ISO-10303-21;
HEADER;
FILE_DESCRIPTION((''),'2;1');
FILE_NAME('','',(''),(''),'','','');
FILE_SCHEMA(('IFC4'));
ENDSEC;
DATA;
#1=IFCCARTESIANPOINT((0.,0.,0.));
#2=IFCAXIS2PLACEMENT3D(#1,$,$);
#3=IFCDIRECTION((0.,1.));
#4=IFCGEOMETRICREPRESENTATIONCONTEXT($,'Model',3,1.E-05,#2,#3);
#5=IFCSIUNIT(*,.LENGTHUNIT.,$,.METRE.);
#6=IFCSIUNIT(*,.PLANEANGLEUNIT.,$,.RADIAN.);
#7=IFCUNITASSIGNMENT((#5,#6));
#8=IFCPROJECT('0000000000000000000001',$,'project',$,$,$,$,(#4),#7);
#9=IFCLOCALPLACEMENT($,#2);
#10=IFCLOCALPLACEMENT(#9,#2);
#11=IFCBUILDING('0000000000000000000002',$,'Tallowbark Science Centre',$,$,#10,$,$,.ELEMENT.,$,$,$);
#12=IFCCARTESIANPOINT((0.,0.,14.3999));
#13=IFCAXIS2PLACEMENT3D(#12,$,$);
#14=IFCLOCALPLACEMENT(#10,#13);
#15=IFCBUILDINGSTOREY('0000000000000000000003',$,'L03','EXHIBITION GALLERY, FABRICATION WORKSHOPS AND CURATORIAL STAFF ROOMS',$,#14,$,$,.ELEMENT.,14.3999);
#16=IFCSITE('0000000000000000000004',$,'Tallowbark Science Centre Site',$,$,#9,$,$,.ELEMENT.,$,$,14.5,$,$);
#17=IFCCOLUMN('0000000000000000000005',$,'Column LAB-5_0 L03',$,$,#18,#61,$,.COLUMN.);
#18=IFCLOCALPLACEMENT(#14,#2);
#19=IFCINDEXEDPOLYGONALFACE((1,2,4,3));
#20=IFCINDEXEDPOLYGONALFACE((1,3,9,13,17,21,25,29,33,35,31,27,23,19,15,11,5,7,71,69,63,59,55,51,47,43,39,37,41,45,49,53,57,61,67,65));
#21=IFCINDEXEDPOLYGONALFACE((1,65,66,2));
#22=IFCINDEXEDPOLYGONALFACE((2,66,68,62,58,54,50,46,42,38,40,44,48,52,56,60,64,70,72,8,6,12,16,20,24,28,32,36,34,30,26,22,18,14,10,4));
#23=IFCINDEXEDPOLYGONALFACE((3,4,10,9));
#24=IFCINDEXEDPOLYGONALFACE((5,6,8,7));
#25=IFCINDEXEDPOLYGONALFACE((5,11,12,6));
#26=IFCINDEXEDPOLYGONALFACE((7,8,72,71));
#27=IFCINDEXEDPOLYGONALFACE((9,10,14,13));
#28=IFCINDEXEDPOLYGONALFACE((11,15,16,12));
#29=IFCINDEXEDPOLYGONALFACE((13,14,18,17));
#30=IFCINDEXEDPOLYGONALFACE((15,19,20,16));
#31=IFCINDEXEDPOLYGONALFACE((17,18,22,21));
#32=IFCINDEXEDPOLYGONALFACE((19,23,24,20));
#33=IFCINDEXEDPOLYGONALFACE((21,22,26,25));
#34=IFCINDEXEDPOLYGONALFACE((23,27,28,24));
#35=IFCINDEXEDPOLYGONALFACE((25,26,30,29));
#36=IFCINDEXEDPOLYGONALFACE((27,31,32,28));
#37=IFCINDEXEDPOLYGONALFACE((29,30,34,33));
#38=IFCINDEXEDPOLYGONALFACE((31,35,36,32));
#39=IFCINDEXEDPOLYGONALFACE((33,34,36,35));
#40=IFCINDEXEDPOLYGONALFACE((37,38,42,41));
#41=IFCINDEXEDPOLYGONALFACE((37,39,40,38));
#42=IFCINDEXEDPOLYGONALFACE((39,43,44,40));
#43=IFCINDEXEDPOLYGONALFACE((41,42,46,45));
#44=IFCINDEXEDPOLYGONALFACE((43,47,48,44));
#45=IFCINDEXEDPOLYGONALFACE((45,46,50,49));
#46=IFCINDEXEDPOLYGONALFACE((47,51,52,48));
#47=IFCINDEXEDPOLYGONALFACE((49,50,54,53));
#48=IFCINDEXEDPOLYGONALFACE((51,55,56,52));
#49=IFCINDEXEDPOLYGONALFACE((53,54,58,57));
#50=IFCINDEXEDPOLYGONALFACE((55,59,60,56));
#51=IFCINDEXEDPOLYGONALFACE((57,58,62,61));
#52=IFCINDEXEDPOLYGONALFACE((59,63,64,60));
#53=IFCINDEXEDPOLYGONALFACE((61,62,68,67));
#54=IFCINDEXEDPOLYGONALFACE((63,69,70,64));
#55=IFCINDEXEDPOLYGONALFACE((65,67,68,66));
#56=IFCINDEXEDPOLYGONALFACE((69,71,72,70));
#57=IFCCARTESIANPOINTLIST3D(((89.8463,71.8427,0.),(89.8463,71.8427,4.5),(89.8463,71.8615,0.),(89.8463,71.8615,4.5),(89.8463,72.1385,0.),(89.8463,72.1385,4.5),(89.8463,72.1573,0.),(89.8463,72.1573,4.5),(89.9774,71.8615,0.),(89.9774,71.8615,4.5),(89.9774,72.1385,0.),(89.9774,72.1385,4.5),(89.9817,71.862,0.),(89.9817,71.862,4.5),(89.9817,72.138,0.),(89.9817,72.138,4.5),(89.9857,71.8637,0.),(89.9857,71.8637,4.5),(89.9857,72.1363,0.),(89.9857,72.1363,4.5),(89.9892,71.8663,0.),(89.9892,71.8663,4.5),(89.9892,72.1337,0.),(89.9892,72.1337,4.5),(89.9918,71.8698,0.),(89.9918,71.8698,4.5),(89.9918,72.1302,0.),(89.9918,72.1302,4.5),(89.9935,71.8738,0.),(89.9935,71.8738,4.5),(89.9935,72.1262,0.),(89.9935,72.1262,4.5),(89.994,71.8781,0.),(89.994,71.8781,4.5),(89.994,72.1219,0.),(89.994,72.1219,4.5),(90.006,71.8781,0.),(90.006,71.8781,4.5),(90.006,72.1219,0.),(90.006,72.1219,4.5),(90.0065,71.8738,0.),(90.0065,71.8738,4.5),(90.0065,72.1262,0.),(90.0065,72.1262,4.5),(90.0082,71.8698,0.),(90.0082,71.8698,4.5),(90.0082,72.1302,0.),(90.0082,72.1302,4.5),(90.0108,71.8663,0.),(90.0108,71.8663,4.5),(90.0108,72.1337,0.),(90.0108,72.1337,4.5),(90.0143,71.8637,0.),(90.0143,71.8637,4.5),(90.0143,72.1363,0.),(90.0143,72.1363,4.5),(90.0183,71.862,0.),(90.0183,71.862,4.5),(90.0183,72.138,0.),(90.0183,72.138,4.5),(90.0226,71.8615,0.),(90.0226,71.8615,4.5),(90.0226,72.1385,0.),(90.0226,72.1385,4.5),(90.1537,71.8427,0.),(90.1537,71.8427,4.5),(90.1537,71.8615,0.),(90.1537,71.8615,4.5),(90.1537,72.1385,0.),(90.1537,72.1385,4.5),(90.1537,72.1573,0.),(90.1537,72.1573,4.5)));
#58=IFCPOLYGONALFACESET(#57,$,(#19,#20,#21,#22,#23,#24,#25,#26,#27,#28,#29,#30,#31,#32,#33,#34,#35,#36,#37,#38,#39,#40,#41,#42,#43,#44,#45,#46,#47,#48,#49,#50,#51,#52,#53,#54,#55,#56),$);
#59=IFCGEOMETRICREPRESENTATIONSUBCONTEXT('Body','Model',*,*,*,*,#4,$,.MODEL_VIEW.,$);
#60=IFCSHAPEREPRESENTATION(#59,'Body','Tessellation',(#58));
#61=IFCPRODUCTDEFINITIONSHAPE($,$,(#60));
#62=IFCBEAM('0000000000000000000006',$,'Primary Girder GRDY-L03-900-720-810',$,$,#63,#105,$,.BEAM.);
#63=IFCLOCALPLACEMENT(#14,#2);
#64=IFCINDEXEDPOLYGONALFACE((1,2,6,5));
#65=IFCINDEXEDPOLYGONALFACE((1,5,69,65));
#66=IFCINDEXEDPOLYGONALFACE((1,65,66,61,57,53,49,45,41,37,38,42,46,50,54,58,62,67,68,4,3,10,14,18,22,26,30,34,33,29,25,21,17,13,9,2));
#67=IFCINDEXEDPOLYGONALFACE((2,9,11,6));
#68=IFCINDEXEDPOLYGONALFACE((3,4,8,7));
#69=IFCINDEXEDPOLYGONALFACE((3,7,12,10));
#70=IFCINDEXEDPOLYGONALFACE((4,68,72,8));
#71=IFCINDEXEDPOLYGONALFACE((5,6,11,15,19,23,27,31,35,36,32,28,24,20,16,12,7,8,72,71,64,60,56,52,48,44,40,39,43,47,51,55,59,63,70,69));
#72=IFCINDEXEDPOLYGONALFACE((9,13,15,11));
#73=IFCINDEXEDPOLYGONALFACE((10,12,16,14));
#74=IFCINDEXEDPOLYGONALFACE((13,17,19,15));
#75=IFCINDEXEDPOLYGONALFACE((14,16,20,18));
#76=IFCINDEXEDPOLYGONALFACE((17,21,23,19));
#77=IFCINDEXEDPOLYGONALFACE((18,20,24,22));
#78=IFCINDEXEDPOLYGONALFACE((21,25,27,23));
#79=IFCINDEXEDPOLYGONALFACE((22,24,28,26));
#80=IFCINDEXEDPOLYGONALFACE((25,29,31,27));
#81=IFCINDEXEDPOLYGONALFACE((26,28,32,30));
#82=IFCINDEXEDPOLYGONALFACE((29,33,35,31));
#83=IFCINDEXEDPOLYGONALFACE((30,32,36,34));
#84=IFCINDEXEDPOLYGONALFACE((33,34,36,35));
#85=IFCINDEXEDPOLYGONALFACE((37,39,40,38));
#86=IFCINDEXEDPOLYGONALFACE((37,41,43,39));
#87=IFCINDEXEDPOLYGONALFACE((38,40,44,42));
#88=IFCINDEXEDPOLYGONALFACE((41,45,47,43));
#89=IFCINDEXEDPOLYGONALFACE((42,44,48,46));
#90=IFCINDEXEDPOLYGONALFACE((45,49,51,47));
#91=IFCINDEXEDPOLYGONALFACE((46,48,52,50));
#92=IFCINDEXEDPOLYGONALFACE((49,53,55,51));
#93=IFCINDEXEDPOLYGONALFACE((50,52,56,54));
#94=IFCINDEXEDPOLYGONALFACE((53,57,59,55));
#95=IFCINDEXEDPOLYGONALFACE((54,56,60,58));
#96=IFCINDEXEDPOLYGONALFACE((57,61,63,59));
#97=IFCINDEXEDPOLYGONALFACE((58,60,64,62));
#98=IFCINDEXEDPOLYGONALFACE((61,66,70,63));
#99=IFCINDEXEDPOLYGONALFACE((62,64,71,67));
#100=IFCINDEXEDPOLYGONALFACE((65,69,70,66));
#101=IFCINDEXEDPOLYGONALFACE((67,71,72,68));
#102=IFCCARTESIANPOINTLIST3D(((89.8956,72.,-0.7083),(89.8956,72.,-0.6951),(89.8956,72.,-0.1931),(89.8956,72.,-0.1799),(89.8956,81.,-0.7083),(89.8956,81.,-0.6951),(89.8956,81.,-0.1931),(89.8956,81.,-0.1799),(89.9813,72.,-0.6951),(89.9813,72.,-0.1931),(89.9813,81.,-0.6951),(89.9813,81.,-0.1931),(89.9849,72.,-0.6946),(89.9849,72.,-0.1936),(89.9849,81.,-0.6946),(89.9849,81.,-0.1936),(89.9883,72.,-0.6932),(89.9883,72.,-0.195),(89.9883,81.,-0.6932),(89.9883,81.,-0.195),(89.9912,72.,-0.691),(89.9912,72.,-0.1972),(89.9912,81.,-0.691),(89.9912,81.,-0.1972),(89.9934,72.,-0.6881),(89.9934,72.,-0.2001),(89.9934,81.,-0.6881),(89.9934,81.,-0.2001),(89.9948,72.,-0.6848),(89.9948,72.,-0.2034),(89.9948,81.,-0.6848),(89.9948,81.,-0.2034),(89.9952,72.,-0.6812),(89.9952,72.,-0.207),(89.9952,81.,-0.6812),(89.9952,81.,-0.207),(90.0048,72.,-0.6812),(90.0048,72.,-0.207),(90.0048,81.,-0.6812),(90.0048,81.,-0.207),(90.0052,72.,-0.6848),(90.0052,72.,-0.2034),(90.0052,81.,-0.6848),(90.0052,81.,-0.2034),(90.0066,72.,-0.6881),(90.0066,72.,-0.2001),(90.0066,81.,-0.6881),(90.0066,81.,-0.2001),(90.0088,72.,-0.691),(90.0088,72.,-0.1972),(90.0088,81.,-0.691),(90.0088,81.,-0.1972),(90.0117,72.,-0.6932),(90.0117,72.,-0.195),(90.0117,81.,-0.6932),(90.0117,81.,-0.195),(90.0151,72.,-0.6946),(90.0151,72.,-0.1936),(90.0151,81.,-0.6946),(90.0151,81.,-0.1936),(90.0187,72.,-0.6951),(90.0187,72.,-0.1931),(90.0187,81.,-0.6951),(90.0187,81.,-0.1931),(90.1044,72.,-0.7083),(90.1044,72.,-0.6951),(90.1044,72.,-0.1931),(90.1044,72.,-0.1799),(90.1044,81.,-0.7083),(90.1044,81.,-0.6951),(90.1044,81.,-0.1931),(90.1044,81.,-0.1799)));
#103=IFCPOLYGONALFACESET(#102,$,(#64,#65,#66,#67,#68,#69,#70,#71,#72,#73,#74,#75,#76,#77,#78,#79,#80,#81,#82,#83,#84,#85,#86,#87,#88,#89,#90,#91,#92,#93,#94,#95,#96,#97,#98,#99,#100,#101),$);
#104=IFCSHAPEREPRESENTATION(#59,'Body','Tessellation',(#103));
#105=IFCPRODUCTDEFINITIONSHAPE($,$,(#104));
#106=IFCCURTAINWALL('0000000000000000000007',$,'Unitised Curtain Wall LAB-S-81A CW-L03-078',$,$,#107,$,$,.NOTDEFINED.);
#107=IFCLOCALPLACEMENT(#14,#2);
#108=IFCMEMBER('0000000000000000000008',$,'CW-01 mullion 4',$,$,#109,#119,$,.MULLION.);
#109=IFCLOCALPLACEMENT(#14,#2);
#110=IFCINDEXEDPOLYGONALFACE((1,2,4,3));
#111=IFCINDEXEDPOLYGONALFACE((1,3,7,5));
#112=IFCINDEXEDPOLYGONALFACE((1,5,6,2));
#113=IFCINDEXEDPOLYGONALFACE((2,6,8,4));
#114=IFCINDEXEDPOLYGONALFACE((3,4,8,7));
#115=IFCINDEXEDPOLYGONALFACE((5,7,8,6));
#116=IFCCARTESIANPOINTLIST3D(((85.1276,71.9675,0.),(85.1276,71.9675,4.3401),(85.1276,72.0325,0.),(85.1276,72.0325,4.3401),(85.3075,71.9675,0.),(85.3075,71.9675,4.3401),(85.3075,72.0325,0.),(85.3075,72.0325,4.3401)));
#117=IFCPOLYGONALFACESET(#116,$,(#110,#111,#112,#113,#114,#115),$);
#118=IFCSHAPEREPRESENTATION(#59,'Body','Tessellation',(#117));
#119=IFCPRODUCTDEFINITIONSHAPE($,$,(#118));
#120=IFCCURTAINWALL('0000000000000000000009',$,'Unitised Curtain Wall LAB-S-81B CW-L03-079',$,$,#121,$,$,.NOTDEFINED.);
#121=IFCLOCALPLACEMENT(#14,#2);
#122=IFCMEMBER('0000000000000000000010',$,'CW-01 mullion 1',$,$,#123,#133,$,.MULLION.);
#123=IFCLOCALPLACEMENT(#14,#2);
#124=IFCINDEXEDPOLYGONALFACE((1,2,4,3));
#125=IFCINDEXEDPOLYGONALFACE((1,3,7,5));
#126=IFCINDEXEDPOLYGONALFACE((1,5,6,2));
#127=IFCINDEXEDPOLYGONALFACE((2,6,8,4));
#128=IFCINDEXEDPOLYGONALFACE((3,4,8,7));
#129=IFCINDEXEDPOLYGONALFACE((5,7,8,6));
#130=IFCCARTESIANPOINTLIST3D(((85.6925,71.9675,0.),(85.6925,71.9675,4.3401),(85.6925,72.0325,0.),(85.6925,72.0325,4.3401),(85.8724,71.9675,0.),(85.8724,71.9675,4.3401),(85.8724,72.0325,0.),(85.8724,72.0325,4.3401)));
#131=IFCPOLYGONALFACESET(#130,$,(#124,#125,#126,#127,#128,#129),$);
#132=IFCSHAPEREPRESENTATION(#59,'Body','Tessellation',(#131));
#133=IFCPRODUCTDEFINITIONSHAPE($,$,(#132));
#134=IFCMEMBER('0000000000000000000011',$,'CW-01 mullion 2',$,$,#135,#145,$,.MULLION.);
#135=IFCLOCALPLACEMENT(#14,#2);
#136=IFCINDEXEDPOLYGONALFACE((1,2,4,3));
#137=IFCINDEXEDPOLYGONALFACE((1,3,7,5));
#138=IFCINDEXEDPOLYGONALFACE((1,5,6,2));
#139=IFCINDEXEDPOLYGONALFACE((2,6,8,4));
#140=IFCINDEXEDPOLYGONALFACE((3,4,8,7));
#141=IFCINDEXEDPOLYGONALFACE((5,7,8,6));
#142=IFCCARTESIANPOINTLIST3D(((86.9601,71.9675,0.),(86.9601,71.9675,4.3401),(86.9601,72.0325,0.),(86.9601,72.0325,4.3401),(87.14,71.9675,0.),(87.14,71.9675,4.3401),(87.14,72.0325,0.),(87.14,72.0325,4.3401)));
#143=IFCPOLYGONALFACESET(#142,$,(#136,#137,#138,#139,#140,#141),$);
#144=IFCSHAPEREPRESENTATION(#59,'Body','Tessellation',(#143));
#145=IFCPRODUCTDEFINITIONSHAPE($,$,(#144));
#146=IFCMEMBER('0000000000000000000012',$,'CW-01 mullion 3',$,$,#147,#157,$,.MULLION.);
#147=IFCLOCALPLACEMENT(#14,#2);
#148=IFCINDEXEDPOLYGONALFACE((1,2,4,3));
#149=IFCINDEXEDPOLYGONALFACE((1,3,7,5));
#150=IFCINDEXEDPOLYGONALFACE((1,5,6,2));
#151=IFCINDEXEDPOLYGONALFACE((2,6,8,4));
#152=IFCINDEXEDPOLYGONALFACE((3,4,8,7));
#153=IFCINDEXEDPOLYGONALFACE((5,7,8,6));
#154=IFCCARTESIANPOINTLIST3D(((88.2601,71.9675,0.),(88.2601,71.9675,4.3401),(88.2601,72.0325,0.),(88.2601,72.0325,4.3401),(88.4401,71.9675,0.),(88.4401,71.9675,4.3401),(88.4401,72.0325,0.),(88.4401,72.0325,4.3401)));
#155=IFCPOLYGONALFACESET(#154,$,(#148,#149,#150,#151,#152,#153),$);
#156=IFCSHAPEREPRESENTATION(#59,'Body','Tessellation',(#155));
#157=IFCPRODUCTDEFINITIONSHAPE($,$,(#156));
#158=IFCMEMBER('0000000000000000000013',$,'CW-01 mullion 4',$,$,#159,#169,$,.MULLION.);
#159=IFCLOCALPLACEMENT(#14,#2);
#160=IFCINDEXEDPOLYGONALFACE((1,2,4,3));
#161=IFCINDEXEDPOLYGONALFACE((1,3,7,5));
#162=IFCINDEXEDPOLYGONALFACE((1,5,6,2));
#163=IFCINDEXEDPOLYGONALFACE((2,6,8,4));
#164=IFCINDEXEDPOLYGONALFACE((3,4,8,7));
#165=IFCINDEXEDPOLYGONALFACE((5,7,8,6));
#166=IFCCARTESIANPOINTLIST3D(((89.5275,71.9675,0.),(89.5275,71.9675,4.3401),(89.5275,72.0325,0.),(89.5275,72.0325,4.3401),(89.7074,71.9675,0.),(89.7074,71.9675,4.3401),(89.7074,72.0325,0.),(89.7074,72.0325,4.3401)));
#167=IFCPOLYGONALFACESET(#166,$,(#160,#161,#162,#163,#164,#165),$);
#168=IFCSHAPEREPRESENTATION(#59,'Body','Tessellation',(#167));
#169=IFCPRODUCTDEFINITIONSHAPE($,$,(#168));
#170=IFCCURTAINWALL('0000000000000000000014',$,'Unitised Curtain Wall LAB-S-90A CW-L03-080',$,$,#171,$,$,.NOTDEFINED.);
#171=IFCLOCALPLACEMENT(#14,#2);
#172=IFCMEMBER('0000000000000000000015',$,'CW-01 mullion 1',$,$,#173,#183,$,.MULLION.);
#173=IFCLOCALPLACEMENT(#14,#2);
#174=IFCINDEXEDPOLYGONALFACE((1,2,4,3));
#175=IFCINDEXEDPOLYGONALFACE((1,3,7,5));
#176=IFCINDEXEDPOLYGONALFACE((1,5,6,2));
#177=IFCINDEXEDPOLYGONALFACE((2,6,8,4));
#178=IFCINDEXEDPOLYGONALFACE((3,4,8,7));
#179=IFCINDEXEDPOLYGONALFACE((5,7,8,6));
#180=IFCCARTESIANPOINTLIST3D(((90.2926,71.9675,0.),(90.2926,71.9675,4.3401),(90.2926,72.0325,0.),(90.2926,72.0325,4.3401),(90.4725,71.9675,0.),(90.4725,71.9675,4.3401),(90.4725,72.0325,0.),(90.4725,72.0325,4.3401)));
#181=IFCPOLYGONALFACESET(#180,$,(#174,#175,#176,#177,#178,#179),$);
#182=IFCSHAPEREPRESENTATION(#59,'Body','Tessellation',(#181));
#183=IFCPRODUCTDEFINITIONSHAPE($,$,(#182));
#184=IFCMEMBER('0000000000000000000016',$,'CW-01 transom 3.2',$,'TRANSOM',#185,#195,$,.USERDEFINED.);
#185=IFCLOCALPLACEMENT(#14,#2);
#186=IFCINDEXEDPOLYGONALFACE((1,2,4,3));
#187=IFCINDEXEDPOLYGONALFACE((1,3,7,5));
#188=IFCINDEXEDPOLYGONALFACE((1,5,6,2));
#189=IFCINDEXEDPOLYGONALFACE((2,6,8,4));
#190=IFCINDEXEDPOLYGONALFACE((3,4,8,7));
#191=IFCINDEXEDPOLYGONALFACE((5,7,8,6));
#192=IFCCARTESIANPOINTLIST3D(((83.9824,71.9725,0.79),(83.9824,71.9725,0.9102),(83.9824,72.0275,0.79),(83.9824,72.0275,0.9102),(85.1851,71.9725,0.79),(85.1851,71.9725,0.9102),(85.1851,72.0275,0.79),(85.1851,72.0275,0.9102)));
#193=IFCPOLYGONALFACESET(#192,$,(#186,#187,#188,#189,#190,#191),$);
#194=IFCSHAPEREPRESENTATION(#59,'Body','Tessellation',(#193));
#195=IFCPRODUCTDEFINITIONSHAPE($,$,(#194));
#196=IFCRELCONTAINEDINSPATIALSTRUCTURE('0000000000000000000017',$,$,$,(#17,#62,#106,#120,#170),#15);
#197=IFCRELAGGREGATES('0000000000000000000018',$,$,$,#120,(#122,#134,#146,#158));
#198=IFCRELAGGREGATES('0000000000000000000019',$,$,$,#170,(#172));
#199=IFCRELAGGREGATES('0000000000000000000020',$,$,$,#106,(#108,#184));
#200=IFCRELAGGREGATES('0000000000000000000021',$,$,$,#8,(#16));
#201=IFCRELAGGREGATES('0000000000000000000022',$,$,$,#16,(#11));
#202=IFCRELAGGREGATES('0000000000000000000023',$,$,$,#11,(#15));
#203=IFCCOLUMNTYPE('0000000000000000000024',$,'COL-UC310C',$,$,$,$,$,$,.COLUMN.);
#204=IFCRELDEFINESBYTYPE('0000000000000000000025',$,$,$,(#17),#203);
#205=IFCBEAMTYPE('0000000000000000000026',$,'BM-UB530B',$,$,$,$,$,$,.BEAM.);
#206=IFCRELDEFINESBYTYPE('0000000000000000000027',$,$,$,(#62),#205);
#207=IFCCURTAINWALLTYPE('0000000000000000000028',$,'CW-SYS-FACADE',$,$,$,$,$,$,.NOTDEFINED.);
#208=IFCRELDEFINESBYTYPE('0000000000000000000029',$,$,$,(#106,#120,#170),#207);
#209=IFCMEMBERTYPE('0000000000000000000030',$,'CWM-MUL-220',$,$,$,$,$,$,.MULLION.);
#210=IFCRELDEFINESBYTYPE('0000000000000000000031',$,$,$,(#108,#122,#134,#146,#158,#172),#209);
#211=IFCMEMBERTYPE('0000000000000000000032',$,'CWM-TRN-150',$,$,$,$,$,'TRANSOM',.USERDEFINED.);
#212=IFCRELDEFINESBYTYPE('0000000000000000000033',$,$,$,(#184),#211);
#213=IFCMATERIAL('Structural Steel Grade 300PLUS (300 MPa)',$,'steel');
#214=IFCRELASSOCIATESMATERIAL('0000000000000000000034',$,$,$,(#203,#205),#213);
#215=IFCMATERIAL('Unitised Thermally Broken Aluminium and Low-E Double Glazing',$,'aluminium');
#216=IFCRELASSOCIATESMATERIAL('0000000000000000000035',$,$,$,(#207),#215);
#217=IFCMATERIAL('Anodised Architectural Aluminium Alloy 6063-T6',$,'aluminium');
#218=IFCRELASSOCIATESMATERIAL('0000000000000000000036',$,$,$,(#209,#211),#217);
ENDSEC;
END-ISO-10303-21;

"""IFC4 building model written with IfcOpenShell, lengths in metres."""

from ifc_helpers import new_model, si_unit, direction, frame, origin, origin_2d, place, context, subcontext, project, spatial, rectangle, i_section, extrude, material, material_profile, profile_set, type_object, element, aggregate, save


model = new_model("IFC4")

# Units and contexts
model_context = context("Model", 3, precision=1e-05, world=origin(), true_north=direction((0.0, 1.0)))
body_context = subcontext(model_context, "Body", "Model", "MODEL_VIEW")
ifc_project = project(units=[si_unit("LENGTHUNIT", "METRE"), si_unit("PLANEANGLEUNIT", "RADIAN")], contexts=[model_context])

# Site, building, storey
site_placement = place(None, origin())
site = spatial("IfcSite", under=ifc_project, at=site_placement, Name="Tallowbark Science Centre Site", CompositionType="ELEMENT", RefElevation=14.5)
building_placement = place(site_placement, origin())
building = spatial("IfcBuilding", under=site, at=building_placement, Name="Tallowbark Science Centre", CompositionType="ELEMENT")
storey_placement = place(building_placement, frame((0.0, 0.0, 14.3999)))
storey = spatial("IfcBuildingStorey", under=building, at=storey_placement, Name="L03", Description="EXHIBITION GALLERY, FABRICATION WORKSHOPS AND CURATORIAL STAFF ROOMS", CompositionType="ELEMENT", Elevation=14.3999)

# Column
ifc_material_1 = material(Name="Structural Steel Grade 300PLUS (300 MPa)", Category="steel")
ifc_material_profile_1 = material_profile(ifc_material_1, i_section(OverallWidth=0.3074, OverallDepth=0.3147, WebThickness=0.012, FlangeThickness=0.0188, FilletRadius=0.0166, at=origin_2d()), Name="310UC118")
ifc_profile_set_1 = profile_set([ifc_material_profile_1], Name="Structural Steel Grade 300PLUS (300 MPa)")
column_type = type_object("IfcColumnType", Name="COL-UC310C", PredefinedType="COLUMN", material=ifc_profile_set_1)
column_placement = place(storey_placement, frame((90.0, 72.0, 0.0), z_axis=(0.0, 0.0, 1.0), x_axis=(1.0, 0.0, 0.0)))
element("IfcColumn", 1, at=column_placement, inside=storey, type_object=column_type, Name="Column LAB-5_0 L03", PredefinedType="COLUMN", context=body_context, shape_type="SweptSolid", body=[
    extrude(i_section(OverallWidth=0.3074, OverallDepth=0.3147, WebThickness=0.012, FlangeThickness=0.0188, FilletRadius=0.0166, at=origin_2d()), origin(), (0.0, 0.0, 1.0), 4.5),
])

# Beam
ifc_material_profile_2 = material_profile(ifc_material_1, i_section(OverallWidth=0.2087, OverallDepth=0.5283, WebThickness=0.0095, FlangeThickness=0.0132, FilletRadius=0.0139, at=origin_2d()), Name="530UB82.0")
ifc_profile_set_2 = profile_set([ifc_material_profile_2], Name="Structural Steel Grade 300PLUS (300 MPa)")
beam_type_1 = type_object("IfcBeamType", Name="BM-UB530B", PredefinedType="BEAM", material=ifc_profile_set_2)
beam_1_placement = place(storey_placement, frame((90.0, 72.0, -0.4441), z_axis=(0.0, 1.0, 0.0), x_axis=(-1.0, 0.0, 0.0)))
element("IfcBeam", 2, at=beam_1_placement, inside=storey, type_object=beam_type_1, Name="Primary Girder GRDY-L03-900-720-810", PredefinedType="BEAM", context=body_context, shape_type="SweptSolid", body=[
    extrude(i_section(OverallWidth=0.2087, OverallDepth=0.5283, WebThickness=0.0095, FlangeThickness=0.0132, FilletRadius=0.0139, at=origin_2d()), origin(), (0.0, 0.0, 1.0), 9.0),
])

# Curtain wall, member
ifc_material_2 = material(Name="Unitised Thermally Broken Aluminium and Low-E Double Glazing", Category="aluminium")
curtain_wall_type = type_object("IfcCurtainWallType", Name="CW-SYS-FACADE", PredefinedType="NOTDEFINED", material=ifc_material_2)
curtain_wall_1_placement = place(storey_placement, origin())
curtain_wall_1 = element("IfcCurtainWall", 3, at=curtain_wall_1_placement, inside=storey, type_object=curtain_wall_type, Name="Unitised Curtain Wall LAB-S-81A CW-L03-078", PredefinedType="NOTDEFINED")
ifc_material_3 = material(Name="Anodised Architectural Aluminium Alloy 6063-T6", Category="aluminium")
ifc_material_profile_3 = material_profile(ifc_material_3, rectangle(XDim=0.0649, YDim=0.1799, at=origin_2d()), Name="ALU65x180")
ifc_profile_set_3 = profile_set([ifc_material_profile_3], Name="Anodised Architectural Aluminium Alloy 6063-T6")
member_type_1 = type_object("IfcMemberType", Name="CWM-MUL-220", PredefinedType="MULLION", material=ifc_profile_set_3)
member_1_placement = place(storey_placement, frame((85.2175, 72.0, 0.0), z_axis=(0.0, 0.0, 1.0), x_axis=(0.0, 1.0, 0.0)))
member_1 = element("IfcMember", 4, at=member_1_placement, type_object=member_type_1, Name="CW-01 mullion 4", PredefinedType="MULLION", context=body_context, shape_type="SweptSolid", body=[
    extrude(rectangle(XDim=0.0649, YDim=0.1799, at=origin_2d()), origin(), (0.0, 0.0, 1.0), 4.3401),
])

# Curtain wall, members
curtain_wall_2_placement = place(storey_placement, origin())
curtain_wall_2 = element("IfcCurtainWall", 5, at=curtain_wall_2_placement, inside=storey, type_object=curtain_wall_type, Name="Unitised Curtain Wall LAB-S-81B CW-L03-079", PredefinedType="NOTDEFINED")
member_2_placement = place(storey_placement, frame((85.7825, 72.0, 0.0), z_axis=(0.0, 0.0, 1.0), x_axis=(0.0, 1.0, 0.0)))
member_2 = element("IfcMember", 6, at=member_2_placement, type_object=member_type_1, Name="CW-01 mullion 1", PredefinedType="MULLION", context=body_context, shape_type="SweptSolid", body=[
    extrude(rectangle(XDim=0.0649, YDim=0.1799, at=origin_2d()), origin(), (0.0, 0.0, 1.0), 4.3401),
])
member_3_placement = place(storey_placement, frame((87.05, 72.0, 0.0), z_axis=(0.0, 0.0, 1.0), x_axis=(0.0, 1.0, 0.0)))
member_3 = element("IfcMember", 7, at=member_3_placement, type_object=member_type_1, Name="CW-01 mullion 2", PredefinedType="MULLION", context=body_context, shape_type="SweptSolid", body=[
    extrude(rectangle(XDim=0.0649, YDim=0.1799, at=origin_2d()), origin(), (0.0, 0.0, 1.0), 4.3401),
])
member_4_placement = place(storey_placement, frame((88.3501, 72.0, 0.0), z_axis=(0.0, 0.0, 1.0), x_axis=(0.0, 1.0, 0.0)))
member_4 = element("IfcMember", 8, at=member_4_placement, type_object=member_type_1, Name="CW-01 mullion 3", PredefinedType="MULLION", context=body_context, shape_type="SweptSolid", body=[
    extrude(rectangle(XDim=0.0649, YDim=0.1799, at=origin_2d()), origin(), (0.0, 0.0, 1.0), 4.3401),
])
member_5_placement = place(storey_placement, frame((89.6174, 72.0, 0.0), z_axis=(0.0, 0.0, 1.0), x_axis=(0.0, 1.0, 0.0)))
member_5 = element("IfcMember", 9, at=member_5_placement, type_object=member_type_1, Name="CW-01 mullion 4", PredefinedType="MULLION", context=body_context, shape_type="SweptSolid", body=[
    extrude(rectangle(XDim=0.0649, YDim=0.1799, at=origin_2d()), origin(), (0.0, 0.0, 1.0), 4.3401),
])

# Curtain wall, member
curtain_wall_3_placement = place(storey_placement, origin())
curtain_wall_3 = element("IfcCurtainWall", 10, at=curtain_wall_3_placement, inside=storey, type_object=curtain_wall_type, Name="Unitised Curtain Wall LAB-S-90A CW-L03-080", PredefinedType="NOTDEFINED")
member_6_placement = place(storey_placement, frame((90.3826, 72.0, 0.0), z_axis=(0.0, 0.0, 1.0), x_axis=(0.0, 1.0, 0.0)))
member_6 = element("IfcMember", 11, at=member_6_placement, type_object=member_type_1, Name="CW-01 mullion 1", PredefinedType="MULLION", context=body_context, shape_type="SweptSolid", body=[
    extrude(rectangle(XDim=0.0649, YDim=0.1799, at=origin_2d()), origin(), (0.0, 0.0, 1.0), 4.3401),
])

# Member
ifc_material_profile_4 = material_profile(ifc_material_3, rectangle(XDim=0.0549, YDim=0.1201, at=origin_2d()), Name="ALU55x120")
ifc_profile_set_4 = profile_set([ifc_material_profile_4], Name="Anodised Architectural Aluminium Alloy 6063-T6")
member_type_2 = type_object("IfcMemberType", Name="CWM-TRN-150", ElementType="TRANSOM", PredefinedType="USERDEFINED", material=ifc_profile_set_4)
member_7_placement = place(storey_placement, frame((83.9824, 72.0, 0.8501), z_axis=(1.0, 0.0, 0.0), x_axis=(0.0, 1.0, 0.0)))
member_7 = element("IfcMember", 12, at=member_7_placement, type_object=member_type_2, Name="CW-01 transom 3.2", ObjectType="TRANSOM", PredefinedType="USERDEFINED", context=body_context, shape_type="SweptSolid", body=[
    extrude(rectangle(XDim=0.0549, YDim=0.1201, at=origin_2d()), origin(), (0.0, 0.0, 1.0), 1.2026),
])

aggregate(curtain_wall_2, [member_2, member_3, member_4, member_5])
aggregate(curtain_wall_3, [member_6])
aggregate(curtain_wall_1, [member_1, member_7])

save(model, "model.ifc")
